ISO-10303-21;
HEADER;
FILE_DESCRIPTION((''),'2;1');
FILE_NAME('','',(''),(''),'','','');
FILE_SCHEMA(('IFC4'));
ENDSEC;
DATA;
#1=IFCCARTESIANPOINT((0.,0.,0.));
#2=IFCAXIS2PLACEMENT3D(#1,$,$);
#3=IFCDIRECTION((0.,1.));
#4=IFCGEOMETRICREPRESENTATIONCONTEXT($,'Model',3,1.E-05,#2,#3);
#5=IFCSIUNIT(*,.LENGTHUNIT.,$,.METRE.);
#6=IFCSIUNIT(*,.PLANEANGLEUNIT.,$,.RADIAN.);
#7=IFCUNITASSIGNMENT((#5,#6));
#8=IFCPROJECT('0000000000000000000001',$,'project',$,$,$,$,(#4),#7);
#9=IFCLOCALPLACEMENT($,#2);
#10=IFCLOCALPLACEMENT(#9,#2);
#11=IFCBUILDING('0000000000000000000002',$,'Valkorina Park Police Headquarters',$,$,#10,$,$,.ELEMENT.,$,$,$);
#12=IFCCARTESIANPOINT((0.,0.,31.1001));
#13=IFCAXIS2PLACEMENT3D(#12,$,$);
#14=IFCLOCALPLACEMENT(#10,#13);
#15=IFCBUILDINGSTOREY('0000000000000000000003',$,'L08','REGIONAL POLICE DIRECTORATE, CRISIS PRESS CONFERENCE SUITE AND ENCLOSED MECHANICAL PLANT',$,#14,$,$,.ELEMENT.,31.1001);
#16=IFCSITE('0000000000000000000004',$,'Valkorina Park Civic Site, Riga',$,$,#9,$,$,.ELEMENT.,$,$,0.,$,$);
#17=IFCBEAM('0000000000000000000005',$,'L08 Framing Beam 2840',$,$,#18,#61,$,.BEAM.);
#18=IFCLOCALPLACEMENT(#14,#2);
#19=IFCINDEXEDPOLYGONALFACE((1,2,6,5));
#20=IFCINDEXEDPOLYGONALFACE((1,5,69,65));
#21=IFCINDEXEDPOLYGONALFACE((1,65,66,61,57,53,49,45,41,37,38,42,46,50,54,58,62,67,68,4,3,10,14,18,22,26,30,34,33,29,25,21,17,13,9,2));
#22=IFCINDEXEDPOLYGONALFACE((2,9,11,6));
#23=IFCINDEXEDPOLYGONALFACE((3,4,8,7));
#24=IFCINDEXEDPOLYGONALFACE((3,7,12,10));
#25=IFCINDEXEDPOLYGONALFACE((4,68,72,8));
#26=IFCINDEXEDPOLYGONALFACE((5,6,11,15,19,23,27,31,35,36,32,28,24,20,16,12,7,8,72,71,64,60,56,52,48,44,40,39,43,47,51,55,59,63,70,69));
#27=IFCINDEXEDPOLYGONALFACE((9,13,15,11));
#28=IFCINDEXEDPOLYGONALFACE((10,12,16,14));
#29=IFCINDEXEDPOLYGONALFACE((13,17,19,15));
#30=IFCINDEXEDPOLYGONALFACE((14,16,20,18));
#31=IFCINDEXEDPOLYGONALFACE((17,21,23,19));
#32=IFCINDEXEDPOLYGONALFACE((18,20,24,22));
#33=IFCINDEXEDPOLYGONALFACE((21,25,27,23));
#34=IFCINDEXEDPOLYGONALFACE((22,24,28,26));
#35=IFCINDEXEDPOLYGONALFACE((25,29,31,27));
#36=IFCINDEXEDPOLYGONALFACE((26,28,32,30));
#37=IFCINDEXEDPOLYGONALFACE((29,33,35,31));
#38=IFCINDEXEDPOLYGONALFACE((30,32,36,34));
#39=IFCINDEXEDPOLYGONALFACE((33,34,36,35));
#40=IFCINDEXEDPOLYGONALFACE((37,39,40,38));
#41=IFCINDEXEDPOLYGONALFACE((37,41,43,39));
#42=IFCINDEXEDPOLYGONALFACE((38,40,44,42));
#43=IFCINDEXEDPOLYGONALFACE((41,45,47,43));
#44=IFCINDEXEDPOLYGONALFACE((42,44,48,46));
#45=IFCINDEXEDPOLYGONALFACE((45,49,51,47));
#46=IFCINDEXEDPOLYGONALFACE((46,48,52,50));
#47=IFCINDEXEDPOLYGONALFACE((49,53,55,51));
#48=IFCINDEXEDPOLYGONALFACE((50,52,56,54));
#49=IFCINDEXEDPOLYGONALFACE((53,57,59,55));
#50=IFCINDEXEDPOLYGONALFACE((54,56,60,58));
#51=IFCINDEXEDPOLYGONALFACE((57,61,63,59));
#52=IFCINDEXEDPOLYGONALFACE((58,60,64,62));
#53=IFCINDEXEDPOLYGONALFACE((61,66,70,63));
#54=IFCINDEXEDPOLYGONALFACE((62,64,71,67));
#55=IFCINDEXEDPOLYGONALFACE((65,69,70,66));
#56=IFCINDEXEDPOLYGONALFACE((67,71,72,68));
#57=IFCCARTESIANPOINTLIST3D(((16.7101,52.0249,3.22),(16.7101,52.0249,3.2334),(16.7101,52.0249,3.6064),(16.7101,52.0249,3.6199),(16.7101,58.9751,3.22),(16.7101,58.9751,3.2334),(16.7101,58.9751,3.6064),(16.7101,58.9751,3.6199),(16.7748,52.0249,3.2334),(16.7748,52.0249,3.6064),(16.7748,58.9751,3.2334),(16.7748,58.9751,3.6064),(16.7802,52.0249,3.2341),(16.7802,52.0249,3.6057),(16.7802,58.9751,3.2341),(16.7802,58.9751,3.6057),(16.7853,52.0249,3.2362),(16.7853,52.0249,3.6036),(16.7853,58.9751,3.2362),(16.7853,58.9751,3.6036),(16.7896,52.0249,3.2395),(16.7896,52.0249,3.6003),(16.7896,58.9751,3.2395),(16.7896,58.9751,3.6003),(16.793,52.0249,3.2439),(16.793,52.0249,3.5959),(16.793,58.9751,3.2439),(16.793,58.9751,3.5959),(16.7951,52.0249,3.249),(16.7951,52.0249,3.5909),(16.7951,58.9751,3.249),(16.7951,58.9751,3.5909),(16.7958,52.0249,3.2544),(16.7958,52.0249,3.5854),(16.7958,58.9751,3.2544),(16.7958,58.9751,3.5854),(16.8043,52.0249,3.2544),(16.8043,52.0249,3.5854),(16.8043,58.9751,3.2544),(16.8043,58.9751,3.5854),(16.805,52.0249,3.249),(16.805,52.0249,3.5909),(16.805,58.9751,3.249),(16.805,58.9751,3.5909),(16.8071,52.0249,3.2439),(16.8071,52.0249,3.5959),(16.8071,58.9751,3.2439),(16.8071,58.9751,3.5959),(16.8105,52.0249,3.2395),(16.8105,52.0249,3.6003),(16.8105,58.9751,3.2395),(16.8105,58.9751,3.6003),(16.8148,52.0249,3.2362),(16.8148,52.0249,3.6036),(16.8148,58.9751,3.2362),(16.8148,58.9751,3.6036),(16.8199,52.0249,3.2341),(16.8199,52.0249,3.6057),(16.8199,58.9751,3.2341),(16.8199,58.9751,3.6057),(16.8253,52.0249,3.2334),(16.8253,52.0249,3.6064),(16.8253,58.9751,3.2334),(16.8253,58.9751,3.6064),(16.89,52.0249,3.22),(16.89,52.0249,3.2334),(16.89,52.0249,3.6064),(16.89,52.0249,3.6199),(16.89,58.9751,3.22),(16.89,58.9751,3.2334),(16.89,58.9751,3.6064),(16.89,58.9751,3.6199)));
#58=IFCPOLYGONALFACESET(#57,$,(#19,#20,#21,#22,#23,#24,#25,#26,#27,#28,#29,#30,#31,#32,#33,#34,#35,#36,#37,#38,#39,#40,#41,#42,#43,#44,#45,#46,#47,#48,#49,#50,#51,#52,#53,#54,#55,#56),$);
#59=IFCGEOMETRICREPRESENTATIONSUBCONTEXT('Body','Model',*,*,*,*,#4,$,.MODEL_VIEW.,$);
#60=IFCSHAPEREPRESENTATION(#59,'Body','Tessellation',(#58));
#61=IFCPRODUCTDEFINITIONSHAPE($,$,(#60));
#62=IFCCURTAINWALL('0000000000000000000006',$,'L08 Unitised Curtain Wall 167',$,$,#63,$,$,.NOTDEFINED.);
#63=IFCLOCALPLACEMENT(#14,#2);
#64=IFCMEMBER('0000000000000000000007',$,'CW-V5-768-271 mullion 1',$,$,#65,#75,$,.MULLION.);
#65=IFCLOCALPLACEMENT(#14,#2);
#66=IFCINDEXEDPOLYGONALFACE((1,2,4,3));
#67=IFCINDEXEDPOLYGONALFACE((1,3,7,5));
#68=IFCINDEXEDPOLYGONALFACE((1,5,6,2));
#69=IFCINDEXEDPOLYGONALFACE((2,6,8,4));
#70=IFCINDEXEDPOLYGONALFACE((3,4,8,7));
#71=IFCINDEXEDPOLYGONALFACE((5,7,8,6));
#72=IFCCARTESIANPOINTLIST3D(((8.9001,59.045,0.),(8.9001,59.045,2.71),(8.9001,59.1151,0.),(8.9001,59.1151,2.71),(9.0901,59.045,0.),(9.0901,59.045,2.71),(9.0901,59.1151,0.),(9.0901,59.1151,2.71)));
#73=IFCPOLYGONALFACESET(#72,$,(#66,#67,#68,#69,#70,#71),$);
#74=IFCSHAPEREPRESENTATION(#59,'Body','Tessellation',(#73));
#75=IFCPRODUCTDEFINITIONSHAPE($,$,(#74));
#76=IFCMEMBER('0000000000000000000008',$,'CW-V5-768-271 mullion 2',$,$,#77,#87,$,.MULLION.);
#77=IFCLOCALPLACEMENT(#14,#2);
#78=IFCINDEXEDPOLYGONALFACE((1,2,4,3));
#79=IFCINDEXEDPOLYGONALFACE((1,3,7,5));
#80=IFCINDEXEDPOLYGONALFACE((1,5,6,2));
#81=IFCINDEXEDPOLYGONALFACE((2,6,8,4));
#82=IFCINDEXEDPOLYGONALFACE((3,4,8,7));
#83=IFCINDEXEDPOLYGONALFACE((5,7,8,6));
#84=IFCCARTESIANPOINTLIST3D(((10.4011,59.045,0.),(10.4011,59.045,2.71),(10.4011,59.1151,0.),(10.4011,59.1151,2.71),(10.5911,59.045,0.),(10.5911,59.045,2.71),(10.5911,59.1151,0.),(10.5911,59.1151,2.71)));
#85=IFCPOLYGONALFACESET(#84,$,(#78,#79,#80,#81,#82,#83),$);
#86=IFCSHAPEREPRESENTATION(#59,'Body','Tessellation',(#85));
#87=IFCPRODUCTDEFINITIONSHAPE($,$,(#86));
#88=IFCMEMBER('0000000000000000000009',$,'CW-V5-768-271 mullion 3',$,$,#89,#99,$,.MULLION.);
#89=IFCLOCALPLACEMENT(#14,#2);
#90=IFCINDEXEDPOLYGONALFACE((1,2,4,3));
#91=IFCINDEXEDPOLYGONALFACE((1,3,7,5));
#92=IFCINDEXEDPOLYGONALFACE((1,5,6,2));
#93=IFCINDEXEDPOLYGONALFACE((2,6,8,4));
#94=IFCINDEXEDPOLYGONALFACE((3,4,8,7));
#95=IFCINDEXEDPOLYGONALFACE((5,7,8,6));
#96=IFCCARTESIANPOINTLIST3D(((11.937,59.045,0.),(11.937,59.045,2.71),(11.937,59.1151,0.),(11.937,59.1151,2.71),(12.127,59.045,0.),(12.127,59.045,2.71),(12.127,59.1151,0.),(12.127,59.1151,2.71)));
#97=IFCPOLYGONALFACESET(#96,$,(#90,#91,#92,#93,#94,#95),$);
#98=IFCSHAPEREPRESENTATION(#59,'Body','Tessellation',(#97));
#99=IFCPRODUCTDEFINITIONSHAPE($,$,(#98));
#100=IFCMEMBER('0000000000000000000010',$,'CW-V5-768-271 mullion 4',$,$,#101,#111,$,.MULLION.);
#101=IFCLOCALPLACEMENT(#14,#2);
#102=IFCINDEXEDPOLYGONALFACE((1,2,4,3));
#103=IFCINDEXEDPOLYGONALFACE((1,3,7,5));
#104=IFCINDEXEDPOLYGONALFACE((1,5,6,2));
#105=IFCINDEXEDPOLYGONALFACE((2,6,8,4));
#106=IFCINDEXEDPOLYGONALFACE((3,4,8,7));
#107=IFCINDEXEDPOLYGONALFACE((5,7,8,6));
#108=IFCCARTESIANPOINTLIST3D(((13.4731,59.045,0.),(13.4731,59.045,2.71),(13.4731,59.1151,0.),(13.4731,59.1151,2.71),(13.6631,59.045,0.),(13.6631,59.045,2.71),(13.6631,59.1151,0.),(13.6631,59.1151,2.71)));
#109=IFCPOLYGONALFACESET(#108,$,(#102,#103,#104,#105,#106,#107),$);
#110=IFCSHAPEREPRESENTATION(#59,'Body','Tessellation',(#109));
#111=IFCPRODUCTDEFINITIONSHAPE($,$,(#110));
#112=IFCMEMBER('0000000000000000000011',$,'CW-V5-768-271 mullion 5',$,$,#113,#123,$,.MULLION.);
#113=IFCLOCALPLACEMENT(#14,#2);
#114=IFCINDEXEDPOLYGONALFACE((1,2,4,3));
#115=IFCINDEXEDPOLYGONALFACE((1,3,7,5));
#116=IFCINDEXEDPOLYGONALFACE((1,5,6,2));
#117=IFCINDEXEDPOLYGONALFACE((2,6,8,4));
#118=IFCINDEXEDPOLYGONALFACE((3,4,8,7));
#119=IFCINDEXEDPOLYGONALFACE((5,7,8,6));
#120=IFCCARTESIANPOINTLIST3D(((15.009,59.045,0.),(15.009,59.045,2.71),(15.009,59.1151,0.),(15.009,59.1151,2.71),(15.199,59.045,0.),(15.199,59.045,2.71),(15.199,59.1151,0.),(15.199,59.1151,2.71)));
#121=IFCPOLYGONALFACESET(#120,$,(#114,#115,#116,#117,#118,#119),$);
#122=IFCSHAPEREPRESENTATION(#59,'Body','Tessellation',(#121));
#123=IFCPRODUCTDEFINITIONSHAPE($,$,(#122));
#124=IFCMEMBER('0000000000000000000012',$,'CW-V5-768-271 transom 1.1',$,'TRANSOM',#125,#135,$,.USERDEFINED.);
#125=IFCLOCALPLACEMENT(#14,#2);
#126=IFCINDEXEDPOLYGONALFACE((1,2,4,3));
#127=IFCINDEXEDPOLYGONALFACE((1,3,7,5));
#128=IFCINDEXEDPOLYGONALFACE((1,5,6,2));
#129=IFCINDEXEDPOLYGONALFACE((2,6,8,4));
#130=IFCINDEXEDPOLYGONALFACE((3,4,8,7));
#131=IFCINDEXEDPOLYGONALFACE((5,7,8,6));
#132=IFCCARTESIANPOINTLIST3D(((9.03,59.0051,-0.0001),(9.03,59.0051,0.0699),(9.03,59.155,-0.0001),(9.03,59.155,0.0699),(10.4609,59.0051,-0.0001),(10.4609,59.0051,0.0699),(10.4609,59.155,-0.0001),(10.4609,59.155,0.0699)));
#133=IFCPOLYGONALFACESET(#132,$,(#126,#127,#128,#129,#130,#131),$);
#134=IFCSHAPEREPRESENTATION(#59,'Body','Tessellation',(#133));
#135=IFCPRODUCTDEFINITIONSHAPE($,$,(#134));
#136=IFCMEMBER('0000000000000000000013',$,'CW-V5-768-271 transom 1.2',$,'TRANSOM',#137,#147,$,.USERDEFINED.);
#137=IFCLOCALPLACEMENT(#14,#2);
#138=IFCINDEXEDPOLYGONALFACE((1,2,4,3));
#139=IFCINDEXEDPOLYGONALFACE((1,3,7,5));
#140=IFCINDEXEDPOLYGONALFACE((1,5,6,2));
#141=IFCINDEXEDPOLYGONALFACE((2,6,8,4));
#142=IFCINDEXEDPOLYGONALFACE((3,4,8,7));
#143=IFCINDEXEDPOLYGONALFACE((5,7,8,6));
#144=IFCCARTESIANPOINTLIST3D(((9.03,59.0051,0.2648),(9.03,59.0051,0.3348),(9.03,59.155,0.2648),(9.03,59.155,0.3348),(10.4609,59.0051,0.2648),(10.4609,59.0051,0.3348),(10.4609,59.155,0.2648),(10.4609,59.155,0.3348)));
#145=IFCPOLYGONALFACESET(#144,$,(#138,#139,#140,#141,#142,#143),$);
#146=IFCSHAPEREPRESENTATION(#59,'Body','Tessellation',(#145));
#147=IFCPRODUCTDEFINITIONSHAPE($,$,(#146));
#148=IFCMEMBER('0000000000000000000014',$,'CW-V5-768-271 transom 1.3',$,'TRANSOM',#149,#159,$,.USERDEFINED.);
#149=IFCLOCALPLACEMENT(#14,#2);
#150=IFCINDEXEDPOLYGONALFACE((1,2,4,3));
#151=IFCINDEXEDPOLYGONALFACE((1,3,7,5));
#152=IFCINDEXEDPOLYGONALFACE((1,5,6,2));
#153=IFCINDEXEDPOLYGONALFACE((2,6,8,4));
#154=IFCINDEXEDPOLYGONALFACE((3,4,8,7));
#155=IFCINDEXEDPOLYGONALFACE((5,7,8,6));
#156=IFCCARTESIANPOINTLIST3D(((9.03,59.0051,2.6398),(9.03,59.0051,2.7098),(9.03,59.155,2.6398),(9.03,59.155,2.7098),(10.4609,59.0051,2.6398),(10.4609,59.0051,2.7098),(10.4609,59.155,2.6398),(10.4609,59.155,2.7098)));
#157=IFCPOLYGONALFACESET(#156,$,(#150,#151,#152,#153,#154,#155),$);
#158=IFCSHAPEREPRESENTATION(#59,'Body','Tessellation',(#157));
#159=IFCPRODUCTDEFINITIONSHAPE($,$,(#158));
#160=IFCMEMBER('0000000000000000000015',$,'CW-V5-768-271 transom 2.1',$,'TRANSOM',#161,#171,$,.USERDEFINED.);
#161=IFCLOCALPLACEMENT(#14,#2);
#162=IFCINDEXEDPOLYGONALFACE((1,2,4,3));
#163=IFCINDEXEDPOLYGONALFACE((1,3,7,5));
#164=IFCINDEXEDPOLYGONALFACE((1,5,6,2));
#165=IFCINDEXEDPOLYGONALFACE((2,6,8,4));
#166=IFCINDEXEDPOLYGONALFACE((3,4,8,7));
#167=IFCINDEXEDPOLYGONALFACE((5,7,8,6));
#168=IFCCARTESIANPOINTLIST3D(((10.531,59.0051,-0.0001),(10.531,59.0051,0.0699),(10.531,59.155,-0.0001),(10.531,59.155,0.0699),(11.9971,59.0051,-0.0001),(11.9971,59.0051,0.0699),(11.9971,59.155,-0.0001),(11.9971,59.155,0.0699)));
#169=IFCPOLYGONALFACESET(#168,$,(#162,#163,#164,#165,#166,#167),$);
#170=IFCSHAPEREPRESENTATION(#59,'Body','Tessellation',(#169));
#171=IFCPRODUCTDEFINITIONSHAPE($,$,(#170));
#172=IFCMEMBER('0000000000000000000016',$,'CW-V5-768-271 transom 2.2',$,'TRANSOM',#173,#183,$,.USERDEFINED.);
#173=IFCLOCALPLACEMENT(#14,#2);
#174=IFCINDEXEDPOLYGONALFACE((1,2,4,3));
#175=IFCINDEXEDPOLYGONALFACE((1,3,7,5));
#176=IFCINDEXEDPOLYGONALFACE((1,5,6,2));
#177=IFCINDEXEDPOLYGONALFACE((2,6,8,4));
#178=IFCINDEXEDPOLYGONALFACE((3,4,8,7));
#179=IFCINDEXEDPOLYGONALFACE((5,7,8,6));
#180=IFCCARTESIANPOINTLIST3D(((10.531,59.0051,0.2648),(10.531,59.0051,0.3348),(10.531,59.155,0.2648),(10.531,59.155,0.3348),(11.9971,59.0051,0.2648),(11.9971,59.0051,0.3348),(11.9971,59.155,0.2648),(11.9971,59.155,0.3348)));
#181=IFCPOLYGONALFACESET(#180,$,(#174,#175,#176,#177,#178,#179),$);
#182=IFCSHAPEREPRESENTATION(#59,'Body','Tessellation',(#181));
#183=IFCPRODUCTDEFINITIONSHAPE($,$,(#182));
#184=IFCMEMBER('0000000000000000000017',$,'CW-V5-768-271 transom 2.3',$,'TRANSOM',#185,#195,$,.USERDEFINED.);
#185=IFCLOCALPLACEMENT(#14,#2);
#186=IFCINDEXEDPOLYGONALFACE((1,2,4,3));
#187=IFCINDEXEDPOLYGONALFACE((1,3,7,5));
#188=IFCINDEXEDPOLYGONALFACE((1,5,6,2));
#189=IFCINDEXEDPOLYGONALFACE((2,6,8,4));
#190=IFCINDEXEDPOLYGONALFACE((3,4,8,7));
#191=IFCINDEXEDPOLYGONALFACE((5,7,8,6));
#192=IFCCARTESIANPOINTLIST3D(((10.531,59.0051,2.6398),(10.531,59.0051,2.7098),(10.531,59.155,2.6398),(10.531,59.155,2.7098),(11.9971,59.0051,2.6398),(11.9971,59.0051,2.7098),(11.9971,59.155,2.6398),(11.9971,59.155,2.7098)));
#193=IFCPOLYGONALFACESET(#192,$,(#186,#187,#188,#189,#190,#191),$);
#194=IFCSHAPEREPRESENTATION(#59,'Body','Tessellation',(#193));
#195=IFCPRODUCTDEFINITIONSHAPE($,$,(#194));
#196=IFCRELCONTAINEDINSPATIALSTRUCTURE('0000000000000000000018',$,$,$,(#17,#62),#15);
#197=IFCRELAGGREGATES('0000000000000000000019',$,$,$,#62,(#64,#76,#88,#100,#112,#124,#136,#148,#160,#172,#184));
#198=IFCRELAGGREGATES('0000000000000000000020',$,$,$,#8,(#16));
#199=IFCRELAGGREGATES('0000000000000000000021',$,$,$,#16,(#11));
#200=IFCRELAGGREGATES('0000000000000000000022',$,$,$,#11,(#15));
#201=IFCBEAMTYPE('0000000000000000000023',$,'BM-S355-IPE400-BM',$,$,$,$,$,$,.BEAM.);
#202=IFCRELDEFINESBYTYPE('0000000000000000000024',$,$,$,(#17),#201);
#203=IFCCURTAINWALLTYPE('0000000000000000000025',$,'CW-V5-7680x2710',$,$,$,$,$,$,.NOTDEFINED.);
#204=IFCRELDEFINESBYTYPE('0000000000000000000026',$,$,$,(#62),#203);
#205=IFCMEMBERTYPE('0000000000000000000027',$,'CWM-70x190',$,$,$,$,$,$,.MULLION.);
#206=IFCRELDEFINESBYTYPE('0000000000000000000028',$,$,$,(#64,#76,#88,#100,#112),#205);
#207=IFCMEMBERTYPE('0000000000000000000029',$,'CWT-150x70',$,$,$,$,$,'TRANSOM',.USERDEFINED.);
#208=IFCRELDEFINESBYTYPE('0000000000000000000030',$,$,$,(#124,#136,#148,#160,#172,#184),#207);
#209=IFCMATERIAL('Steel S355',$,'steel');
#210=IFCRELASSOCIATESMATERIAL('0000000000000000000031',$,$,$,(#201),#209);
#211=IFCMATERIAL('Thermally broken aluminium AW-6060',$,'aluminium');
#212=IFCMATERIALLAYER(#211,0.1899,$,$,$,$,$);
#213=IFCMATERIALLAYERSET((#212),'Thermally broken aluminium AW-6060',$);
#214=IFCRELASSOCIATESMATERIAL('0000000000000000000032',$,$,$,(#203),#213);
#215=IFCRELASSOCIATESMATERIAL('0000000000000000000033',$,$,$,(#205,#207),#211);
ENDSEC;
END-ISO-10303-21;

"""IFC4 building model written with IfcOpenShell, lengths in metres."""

from ifc_helpers import new_model, si_unit, direction, frame, origin, origin_2d, place, context, subcontext, project, spatial, rectangle, i_section, extrude, material, layer, layer_set, material_profile, profile_set, type_object, element, aggregate, save


model = new_model("IFC4")

# Units and contexts
model_context = context("Model", 3, precision=1e-05, world=origin(), true_north=direction((0.0, 1.0)))
body_context = subcontext(model_context, "Body", "Model", "MODEL_VIEW")
ifc_project = project(units=[si_unit("LENGTHUNIT", "METRE"), si_unit("PLANEANGLEUNIT", "RADIAN")], contexts=[model_context])

# Site, building, storey
site_placement = place(None, origin())
site = spatial("IfcSite", under=ifc_project, at=site_placement, Name="Valkorina Park Civic Site, Riga", CompositionType="ELEMENT", RefElevation=0.0)
building_placement = place(site_placement, origin())
building = spatial("IfcBuilding", under=site, at=building_placement, Name="Valkorina Park Police Headquarters", CompositionType="ELEMENT")
storey_placement = place(building_placement, frame((0.0, 0.0, 31.1001)))
storey = spatial("IfcBuildingStorey", under=building, at=storey_placement, Name="L08", Description="REGIONAL POLICE DIRECTORATE, CRISIS PRESS CONFERENCE SUITE AND ENCLOSED MECHANICAL PLANT", CompositionType="ELEMENT", Elevation=31.1001)

# Shared definitions
ifc_material_1 = material(Name="Steel S355", Category="steel")

# Beam
ifc_material_profile_1 = material_profile(ifc_material_1, i_section(OverallWidth=0.1799, OverallDepth=0.3999, WebThickness=0.0085, FlangeThickness=0.0134, FilletRadius=0.021, at=origin_2d()), Name="IPE 400")
ifc_profile_set_1 = profile_set([ifc_material_profile_1], Name="Steel S355")
beam_type_1 = type_object("IfcBeamType", Name="BM-S355-IPE400-BM", PredefinedType="BEAM", material=ifc_profile_set_1)
beam_1_placement = place(storey_placement, frame((16.8, 52.0249, 3.4199), z_axis=(0.0, 1.0, 0.0), x_axis=(-1.0, 0.0, 0.0)))
element("IfcBeam", 1, at=beam_1_placement, inside=storey, type_object=beam_type_1, Name="L08 Framing Beam 2840", PredefinedType="BEAM", context=body_context, shape_type="SweptSolid", body=[
    extrude(i_section(OverallWidth=0.1799, OverallDepth=0.3999, WebThickness=0.0085, FlangeThickness=0.0134, FilletRadius=0.021, at=origin_2d()), origin(), (0.0, 0.0, 1.0), 6.9502),
])

# Curtain wall, members
ifc_material_2 = material(Name="Thermally broken aluminium AW-6060", Category="aluminium")
ifc_layer_1 = layer(ifc_material_2, 0.1899)
ifc_layer_set_1 = layer_set([ifc_layer_1], Name="Thermally broken aluminium AW-6060")
curtain_wall_type = type_object("IfcCurtainWallType", Name="CW-V5-7680x2710", PredefinedType="NOTDEFINED", material=ifc_layer_set_1)
curtain_wall_placement = place(storey_placement, origin())
curtain_wall = element("IfcCurtainWall", 2, at=curtain_wall_placement, inside=storey, type_object=curtain_wall_type, Name="L08 Unitised Curtain Wall 167", PredefinedType="NOTDEFINED")
ifc_material_profile_2 = material_profile(ifc_material_2, rectangle(XDim=0.0701, YDim=0.1899, at=origin_2d()), Name="CWM-02 70x190")
ifc_profile_set_2 = profile_set([ifc_material_profile_2], Name="Thermally broken aluminium AW-6060")
member_type_1 = type_object("IfcMemberType", Name="CWM-70x190", PredefinedType="MULLION", material=ifc_profile_set_2)
member_1_placement = place(storey_placement, frame((8.9951, 59.0801, 0.0), z_axis=(0.0, 0.0, 1.0), x_axis=(0.0, 1.0, 0.0)))
member_1 = element("IfcMember", 3, at=member_1_placement, type_object=member_type_1, Name="CW-V5-768-271 mullion 1", PredefinedType="MULLION", context=body_context, shape_type="SweptSolid", body=[
    extrude(rectangle(XDim=0.0701, YDim=0.1899, at=origin_2d()), origin(), (0.0, 0.0, 1.0), 2.71),
])
member_2_placement = place(storey_placement, frame((10.4961, 59.0801, 0.0), z_axis=(0.0, 0.0, 1.0), x_axis=(0.0, 1.0, 0.0)))
member_2 = element("IfcMember", 4, at=member_2_placement, type_object=member_type_1, Name="CW-V5-768-271 mullion 2", PredefinedType="MULLION", context=body_context, shape_type="SweptSolid", body=[
    extrude(rectangle(XDim=0.0701, YDim=0.1899, at=origin_2d()), origin(), (0.0, 0.0, 1.0), 2.71),
])
member_3_placement = place(storey_placement, frame((12.032, 59.0801, 0.0), z_axis=(0.0, 0.0, 1.0), x_axis=(0.0, 1.0, 0.0)))
member_3 = element("IfcMember", 5, at=member_3_placement, type_object=member_type_1, Name="CW-V5-768-271 mullion 3", PredefinedType="MULLION", context=body_context, shape_type="SweptSolid", body=[
    extrude(rectangle(XDim=0.0701, YDim=0.1899, at=origin_2d()), origin(), (0.0, 0.0, 1.0), 2.71),
])
member_4_placement = place(storey_placement, frame((13.5681, 59.0801, 0.0), z_axis=(0.0, 0.0, 1.0), x_axis=(0.0, 1.0, 0.0)))
member_4 = element("IfcMember", 6, at=member_4_placement, type_object=member_type_1, Name="CW-V5-768-271 mullion 4", PredefinedType="MULLION", context=body_context, shape_type="SweptSolid", body=[
    extrude(rectangle(XDim=0.0701, YDim=0.1899, at=origin_2d()), origin(), (0.0, 0.0, 1.0), 2.71),
])
member_5_placement = place(storey_placement, frame((15.104, 59.0801, 0.0), z_axis=(0.0, 0.0, 1.0), x_axis=(0.0, 1.0, 0.0)))
member_5 = element("IfcMember", 7, at=member_5_placement, type_object=member_type_1, Name="CW-V5-768-271 mullion 5", PredefinedType="MULLION", context=body_context, shape_type="SweptSolid", body=[
    extrude(rectangle(XDim=0.0701, YDim=0.1899, at=origin_2d()), origin(), (0.0, 0.0, 1.0), 2.71),
])
ifc_material_profile_3 = material_profile(ifc_material_2, rectangle(XDim=0.1499, YDim=0.0701, at=origin_2d()), Name="CWT-02 150x70")
ifc_profile_set_3 = profile_set([ifc_material_profile_3], Name="Thermally broken aluminium AW-6060")
member_type_2 = type_object("IfcMemberType", Name="CWT-150x70", ElementType="TRANSOM", PredefinedType="USERDEFINED", material=ifc_profile_set_3)
member_6_placement = place(storey_placement, frame((9.03, 59.0801, 0.0349), z_axis=(1.0, 0.0, 0.0), x_axis=(0.0, 1.0, 0.0)))
member_6 = element("IfcMember", 8, at=member_6_placement, type_object=member_type_2, Name="CW-V5-768-271 transom 1.1", ObjectType="TRANSOM", PredefinedType="USERDEFINED", context=body_context, shape_type="SweptSolid", body=[
    extrude(rectangle(XDim=0.1499, YDim=0.0701, at=origin_2d()), origin(), (0.0, 0.0, 1.0), 1.4309),
])
member_7_placement = place(storey_placement, frame((9.03, 59.0801, 0.2998), z_axis=(1.0, 0.0, 0.0), x_axis=(0.0, 1.0, 0.0)))
member_7 = element("IfcMember", 9, at=member_7_placement, type_object=member_type_2, Name="CW-V5-768-271 transom 1.2", ObjectType="TRANSOM", PredefinedType="USERDEFINED", context=body_context, shape_type="SweptSolid", body=[
    extrude(rectangle(XDim=0.1499, YDim=0.0701, at=origin_2d()), origin(), (0.0, 0.0, 1.0), 1.4309),
])
member_8_placement = place(storey_placement, frame((9.03, 59.0801, 2.6748), z_axis=(1.0, 0.0, 0.0), x_axis=(0.0, 1.0, 0.0)))
member_8 = element("IfcMember", 10, at=member_8_placement, type_object=member_type_2, Name="CW-V5-768-271 transom 1.3", ObjectType="TRANSOM", PredefinedType="USERDEFINED", context=body_context, shape_type="SweptSolid", body=[
    extrude(rectangle(XDim=0.1499, YDim=0.0701, at=origin_2d()), origin(), (0.0, 0.0, 1.0), 1.4309),
])
member_9_placement = place(storey_placement, frame((10.531, 59.0801, 0.0349), z_axis=(1.0, 0.0, 0.0), x_axis=(0.0, 1.0, 0.0)))
member_9 = element("IfcMember", 11, at=member_9_placement, type_object=member_type_2, Name="CW-V5-768-271 transom 2.1", ObjectType="TRANSOM", PredefinedType="USERDEFINED", context=body_context, shape_type="SweptSolid", body=[
    extrude(rectangle(XDim=0.1499, YDim=0.0701, at=origin_2d()), origin(), (0.0, 0.0, 1.0), 1.4661),
])
member_10_placement = place(storey_placement, frame((10.531, 59.0801, 0.2998), z_axis=(1.0, 0.0, 0.0), x_axis=(0.0, 1.0, 0.0)))
member_10 = element("IfcMember", 12, at=member_10_placement, type_object=member_type_2, Name="CW-V5-768-271 transom 2.2", ObjectType="TRANSOM", PredefinedType="USERDEFINED", context=body_context, shape_type="SweptSolid", body=[
    extrude(rectangle(XDim=0.1499, YDim=0.0701, at=origin_2d()), origin(), (0.0, 0.0, 1.0), 1.4661),
])
member_11_placement = place(storey_placement, frame((10.531, 59.0801, 2.6748), z_axis=(1.0, 0.0, 0.0), x_axis=(0.0, 1.0, 0.0)))
member_11 = element("IfcMember", 13, at=member_11_placement, type_object=member_type_2, Name="CW-V5-768-271 transom 2.3", ObjectType="TRANSOM", PredefinedType="USERDEFINED", context=body_context, shape_type="SweptSolid", body=[
    extrude(rectangle(XDim=0.1499, YDim=0.0701, at=origin_2d()), origin(), (0.0, 0.0, 1.0), 1.4661),
])
aggregate(curtain_wall, [member_1, member_2, member_3, member_4, member_5, member_6, member_7, member_8, member_9, member_10, member_11])

save(model, "model.ifc")
